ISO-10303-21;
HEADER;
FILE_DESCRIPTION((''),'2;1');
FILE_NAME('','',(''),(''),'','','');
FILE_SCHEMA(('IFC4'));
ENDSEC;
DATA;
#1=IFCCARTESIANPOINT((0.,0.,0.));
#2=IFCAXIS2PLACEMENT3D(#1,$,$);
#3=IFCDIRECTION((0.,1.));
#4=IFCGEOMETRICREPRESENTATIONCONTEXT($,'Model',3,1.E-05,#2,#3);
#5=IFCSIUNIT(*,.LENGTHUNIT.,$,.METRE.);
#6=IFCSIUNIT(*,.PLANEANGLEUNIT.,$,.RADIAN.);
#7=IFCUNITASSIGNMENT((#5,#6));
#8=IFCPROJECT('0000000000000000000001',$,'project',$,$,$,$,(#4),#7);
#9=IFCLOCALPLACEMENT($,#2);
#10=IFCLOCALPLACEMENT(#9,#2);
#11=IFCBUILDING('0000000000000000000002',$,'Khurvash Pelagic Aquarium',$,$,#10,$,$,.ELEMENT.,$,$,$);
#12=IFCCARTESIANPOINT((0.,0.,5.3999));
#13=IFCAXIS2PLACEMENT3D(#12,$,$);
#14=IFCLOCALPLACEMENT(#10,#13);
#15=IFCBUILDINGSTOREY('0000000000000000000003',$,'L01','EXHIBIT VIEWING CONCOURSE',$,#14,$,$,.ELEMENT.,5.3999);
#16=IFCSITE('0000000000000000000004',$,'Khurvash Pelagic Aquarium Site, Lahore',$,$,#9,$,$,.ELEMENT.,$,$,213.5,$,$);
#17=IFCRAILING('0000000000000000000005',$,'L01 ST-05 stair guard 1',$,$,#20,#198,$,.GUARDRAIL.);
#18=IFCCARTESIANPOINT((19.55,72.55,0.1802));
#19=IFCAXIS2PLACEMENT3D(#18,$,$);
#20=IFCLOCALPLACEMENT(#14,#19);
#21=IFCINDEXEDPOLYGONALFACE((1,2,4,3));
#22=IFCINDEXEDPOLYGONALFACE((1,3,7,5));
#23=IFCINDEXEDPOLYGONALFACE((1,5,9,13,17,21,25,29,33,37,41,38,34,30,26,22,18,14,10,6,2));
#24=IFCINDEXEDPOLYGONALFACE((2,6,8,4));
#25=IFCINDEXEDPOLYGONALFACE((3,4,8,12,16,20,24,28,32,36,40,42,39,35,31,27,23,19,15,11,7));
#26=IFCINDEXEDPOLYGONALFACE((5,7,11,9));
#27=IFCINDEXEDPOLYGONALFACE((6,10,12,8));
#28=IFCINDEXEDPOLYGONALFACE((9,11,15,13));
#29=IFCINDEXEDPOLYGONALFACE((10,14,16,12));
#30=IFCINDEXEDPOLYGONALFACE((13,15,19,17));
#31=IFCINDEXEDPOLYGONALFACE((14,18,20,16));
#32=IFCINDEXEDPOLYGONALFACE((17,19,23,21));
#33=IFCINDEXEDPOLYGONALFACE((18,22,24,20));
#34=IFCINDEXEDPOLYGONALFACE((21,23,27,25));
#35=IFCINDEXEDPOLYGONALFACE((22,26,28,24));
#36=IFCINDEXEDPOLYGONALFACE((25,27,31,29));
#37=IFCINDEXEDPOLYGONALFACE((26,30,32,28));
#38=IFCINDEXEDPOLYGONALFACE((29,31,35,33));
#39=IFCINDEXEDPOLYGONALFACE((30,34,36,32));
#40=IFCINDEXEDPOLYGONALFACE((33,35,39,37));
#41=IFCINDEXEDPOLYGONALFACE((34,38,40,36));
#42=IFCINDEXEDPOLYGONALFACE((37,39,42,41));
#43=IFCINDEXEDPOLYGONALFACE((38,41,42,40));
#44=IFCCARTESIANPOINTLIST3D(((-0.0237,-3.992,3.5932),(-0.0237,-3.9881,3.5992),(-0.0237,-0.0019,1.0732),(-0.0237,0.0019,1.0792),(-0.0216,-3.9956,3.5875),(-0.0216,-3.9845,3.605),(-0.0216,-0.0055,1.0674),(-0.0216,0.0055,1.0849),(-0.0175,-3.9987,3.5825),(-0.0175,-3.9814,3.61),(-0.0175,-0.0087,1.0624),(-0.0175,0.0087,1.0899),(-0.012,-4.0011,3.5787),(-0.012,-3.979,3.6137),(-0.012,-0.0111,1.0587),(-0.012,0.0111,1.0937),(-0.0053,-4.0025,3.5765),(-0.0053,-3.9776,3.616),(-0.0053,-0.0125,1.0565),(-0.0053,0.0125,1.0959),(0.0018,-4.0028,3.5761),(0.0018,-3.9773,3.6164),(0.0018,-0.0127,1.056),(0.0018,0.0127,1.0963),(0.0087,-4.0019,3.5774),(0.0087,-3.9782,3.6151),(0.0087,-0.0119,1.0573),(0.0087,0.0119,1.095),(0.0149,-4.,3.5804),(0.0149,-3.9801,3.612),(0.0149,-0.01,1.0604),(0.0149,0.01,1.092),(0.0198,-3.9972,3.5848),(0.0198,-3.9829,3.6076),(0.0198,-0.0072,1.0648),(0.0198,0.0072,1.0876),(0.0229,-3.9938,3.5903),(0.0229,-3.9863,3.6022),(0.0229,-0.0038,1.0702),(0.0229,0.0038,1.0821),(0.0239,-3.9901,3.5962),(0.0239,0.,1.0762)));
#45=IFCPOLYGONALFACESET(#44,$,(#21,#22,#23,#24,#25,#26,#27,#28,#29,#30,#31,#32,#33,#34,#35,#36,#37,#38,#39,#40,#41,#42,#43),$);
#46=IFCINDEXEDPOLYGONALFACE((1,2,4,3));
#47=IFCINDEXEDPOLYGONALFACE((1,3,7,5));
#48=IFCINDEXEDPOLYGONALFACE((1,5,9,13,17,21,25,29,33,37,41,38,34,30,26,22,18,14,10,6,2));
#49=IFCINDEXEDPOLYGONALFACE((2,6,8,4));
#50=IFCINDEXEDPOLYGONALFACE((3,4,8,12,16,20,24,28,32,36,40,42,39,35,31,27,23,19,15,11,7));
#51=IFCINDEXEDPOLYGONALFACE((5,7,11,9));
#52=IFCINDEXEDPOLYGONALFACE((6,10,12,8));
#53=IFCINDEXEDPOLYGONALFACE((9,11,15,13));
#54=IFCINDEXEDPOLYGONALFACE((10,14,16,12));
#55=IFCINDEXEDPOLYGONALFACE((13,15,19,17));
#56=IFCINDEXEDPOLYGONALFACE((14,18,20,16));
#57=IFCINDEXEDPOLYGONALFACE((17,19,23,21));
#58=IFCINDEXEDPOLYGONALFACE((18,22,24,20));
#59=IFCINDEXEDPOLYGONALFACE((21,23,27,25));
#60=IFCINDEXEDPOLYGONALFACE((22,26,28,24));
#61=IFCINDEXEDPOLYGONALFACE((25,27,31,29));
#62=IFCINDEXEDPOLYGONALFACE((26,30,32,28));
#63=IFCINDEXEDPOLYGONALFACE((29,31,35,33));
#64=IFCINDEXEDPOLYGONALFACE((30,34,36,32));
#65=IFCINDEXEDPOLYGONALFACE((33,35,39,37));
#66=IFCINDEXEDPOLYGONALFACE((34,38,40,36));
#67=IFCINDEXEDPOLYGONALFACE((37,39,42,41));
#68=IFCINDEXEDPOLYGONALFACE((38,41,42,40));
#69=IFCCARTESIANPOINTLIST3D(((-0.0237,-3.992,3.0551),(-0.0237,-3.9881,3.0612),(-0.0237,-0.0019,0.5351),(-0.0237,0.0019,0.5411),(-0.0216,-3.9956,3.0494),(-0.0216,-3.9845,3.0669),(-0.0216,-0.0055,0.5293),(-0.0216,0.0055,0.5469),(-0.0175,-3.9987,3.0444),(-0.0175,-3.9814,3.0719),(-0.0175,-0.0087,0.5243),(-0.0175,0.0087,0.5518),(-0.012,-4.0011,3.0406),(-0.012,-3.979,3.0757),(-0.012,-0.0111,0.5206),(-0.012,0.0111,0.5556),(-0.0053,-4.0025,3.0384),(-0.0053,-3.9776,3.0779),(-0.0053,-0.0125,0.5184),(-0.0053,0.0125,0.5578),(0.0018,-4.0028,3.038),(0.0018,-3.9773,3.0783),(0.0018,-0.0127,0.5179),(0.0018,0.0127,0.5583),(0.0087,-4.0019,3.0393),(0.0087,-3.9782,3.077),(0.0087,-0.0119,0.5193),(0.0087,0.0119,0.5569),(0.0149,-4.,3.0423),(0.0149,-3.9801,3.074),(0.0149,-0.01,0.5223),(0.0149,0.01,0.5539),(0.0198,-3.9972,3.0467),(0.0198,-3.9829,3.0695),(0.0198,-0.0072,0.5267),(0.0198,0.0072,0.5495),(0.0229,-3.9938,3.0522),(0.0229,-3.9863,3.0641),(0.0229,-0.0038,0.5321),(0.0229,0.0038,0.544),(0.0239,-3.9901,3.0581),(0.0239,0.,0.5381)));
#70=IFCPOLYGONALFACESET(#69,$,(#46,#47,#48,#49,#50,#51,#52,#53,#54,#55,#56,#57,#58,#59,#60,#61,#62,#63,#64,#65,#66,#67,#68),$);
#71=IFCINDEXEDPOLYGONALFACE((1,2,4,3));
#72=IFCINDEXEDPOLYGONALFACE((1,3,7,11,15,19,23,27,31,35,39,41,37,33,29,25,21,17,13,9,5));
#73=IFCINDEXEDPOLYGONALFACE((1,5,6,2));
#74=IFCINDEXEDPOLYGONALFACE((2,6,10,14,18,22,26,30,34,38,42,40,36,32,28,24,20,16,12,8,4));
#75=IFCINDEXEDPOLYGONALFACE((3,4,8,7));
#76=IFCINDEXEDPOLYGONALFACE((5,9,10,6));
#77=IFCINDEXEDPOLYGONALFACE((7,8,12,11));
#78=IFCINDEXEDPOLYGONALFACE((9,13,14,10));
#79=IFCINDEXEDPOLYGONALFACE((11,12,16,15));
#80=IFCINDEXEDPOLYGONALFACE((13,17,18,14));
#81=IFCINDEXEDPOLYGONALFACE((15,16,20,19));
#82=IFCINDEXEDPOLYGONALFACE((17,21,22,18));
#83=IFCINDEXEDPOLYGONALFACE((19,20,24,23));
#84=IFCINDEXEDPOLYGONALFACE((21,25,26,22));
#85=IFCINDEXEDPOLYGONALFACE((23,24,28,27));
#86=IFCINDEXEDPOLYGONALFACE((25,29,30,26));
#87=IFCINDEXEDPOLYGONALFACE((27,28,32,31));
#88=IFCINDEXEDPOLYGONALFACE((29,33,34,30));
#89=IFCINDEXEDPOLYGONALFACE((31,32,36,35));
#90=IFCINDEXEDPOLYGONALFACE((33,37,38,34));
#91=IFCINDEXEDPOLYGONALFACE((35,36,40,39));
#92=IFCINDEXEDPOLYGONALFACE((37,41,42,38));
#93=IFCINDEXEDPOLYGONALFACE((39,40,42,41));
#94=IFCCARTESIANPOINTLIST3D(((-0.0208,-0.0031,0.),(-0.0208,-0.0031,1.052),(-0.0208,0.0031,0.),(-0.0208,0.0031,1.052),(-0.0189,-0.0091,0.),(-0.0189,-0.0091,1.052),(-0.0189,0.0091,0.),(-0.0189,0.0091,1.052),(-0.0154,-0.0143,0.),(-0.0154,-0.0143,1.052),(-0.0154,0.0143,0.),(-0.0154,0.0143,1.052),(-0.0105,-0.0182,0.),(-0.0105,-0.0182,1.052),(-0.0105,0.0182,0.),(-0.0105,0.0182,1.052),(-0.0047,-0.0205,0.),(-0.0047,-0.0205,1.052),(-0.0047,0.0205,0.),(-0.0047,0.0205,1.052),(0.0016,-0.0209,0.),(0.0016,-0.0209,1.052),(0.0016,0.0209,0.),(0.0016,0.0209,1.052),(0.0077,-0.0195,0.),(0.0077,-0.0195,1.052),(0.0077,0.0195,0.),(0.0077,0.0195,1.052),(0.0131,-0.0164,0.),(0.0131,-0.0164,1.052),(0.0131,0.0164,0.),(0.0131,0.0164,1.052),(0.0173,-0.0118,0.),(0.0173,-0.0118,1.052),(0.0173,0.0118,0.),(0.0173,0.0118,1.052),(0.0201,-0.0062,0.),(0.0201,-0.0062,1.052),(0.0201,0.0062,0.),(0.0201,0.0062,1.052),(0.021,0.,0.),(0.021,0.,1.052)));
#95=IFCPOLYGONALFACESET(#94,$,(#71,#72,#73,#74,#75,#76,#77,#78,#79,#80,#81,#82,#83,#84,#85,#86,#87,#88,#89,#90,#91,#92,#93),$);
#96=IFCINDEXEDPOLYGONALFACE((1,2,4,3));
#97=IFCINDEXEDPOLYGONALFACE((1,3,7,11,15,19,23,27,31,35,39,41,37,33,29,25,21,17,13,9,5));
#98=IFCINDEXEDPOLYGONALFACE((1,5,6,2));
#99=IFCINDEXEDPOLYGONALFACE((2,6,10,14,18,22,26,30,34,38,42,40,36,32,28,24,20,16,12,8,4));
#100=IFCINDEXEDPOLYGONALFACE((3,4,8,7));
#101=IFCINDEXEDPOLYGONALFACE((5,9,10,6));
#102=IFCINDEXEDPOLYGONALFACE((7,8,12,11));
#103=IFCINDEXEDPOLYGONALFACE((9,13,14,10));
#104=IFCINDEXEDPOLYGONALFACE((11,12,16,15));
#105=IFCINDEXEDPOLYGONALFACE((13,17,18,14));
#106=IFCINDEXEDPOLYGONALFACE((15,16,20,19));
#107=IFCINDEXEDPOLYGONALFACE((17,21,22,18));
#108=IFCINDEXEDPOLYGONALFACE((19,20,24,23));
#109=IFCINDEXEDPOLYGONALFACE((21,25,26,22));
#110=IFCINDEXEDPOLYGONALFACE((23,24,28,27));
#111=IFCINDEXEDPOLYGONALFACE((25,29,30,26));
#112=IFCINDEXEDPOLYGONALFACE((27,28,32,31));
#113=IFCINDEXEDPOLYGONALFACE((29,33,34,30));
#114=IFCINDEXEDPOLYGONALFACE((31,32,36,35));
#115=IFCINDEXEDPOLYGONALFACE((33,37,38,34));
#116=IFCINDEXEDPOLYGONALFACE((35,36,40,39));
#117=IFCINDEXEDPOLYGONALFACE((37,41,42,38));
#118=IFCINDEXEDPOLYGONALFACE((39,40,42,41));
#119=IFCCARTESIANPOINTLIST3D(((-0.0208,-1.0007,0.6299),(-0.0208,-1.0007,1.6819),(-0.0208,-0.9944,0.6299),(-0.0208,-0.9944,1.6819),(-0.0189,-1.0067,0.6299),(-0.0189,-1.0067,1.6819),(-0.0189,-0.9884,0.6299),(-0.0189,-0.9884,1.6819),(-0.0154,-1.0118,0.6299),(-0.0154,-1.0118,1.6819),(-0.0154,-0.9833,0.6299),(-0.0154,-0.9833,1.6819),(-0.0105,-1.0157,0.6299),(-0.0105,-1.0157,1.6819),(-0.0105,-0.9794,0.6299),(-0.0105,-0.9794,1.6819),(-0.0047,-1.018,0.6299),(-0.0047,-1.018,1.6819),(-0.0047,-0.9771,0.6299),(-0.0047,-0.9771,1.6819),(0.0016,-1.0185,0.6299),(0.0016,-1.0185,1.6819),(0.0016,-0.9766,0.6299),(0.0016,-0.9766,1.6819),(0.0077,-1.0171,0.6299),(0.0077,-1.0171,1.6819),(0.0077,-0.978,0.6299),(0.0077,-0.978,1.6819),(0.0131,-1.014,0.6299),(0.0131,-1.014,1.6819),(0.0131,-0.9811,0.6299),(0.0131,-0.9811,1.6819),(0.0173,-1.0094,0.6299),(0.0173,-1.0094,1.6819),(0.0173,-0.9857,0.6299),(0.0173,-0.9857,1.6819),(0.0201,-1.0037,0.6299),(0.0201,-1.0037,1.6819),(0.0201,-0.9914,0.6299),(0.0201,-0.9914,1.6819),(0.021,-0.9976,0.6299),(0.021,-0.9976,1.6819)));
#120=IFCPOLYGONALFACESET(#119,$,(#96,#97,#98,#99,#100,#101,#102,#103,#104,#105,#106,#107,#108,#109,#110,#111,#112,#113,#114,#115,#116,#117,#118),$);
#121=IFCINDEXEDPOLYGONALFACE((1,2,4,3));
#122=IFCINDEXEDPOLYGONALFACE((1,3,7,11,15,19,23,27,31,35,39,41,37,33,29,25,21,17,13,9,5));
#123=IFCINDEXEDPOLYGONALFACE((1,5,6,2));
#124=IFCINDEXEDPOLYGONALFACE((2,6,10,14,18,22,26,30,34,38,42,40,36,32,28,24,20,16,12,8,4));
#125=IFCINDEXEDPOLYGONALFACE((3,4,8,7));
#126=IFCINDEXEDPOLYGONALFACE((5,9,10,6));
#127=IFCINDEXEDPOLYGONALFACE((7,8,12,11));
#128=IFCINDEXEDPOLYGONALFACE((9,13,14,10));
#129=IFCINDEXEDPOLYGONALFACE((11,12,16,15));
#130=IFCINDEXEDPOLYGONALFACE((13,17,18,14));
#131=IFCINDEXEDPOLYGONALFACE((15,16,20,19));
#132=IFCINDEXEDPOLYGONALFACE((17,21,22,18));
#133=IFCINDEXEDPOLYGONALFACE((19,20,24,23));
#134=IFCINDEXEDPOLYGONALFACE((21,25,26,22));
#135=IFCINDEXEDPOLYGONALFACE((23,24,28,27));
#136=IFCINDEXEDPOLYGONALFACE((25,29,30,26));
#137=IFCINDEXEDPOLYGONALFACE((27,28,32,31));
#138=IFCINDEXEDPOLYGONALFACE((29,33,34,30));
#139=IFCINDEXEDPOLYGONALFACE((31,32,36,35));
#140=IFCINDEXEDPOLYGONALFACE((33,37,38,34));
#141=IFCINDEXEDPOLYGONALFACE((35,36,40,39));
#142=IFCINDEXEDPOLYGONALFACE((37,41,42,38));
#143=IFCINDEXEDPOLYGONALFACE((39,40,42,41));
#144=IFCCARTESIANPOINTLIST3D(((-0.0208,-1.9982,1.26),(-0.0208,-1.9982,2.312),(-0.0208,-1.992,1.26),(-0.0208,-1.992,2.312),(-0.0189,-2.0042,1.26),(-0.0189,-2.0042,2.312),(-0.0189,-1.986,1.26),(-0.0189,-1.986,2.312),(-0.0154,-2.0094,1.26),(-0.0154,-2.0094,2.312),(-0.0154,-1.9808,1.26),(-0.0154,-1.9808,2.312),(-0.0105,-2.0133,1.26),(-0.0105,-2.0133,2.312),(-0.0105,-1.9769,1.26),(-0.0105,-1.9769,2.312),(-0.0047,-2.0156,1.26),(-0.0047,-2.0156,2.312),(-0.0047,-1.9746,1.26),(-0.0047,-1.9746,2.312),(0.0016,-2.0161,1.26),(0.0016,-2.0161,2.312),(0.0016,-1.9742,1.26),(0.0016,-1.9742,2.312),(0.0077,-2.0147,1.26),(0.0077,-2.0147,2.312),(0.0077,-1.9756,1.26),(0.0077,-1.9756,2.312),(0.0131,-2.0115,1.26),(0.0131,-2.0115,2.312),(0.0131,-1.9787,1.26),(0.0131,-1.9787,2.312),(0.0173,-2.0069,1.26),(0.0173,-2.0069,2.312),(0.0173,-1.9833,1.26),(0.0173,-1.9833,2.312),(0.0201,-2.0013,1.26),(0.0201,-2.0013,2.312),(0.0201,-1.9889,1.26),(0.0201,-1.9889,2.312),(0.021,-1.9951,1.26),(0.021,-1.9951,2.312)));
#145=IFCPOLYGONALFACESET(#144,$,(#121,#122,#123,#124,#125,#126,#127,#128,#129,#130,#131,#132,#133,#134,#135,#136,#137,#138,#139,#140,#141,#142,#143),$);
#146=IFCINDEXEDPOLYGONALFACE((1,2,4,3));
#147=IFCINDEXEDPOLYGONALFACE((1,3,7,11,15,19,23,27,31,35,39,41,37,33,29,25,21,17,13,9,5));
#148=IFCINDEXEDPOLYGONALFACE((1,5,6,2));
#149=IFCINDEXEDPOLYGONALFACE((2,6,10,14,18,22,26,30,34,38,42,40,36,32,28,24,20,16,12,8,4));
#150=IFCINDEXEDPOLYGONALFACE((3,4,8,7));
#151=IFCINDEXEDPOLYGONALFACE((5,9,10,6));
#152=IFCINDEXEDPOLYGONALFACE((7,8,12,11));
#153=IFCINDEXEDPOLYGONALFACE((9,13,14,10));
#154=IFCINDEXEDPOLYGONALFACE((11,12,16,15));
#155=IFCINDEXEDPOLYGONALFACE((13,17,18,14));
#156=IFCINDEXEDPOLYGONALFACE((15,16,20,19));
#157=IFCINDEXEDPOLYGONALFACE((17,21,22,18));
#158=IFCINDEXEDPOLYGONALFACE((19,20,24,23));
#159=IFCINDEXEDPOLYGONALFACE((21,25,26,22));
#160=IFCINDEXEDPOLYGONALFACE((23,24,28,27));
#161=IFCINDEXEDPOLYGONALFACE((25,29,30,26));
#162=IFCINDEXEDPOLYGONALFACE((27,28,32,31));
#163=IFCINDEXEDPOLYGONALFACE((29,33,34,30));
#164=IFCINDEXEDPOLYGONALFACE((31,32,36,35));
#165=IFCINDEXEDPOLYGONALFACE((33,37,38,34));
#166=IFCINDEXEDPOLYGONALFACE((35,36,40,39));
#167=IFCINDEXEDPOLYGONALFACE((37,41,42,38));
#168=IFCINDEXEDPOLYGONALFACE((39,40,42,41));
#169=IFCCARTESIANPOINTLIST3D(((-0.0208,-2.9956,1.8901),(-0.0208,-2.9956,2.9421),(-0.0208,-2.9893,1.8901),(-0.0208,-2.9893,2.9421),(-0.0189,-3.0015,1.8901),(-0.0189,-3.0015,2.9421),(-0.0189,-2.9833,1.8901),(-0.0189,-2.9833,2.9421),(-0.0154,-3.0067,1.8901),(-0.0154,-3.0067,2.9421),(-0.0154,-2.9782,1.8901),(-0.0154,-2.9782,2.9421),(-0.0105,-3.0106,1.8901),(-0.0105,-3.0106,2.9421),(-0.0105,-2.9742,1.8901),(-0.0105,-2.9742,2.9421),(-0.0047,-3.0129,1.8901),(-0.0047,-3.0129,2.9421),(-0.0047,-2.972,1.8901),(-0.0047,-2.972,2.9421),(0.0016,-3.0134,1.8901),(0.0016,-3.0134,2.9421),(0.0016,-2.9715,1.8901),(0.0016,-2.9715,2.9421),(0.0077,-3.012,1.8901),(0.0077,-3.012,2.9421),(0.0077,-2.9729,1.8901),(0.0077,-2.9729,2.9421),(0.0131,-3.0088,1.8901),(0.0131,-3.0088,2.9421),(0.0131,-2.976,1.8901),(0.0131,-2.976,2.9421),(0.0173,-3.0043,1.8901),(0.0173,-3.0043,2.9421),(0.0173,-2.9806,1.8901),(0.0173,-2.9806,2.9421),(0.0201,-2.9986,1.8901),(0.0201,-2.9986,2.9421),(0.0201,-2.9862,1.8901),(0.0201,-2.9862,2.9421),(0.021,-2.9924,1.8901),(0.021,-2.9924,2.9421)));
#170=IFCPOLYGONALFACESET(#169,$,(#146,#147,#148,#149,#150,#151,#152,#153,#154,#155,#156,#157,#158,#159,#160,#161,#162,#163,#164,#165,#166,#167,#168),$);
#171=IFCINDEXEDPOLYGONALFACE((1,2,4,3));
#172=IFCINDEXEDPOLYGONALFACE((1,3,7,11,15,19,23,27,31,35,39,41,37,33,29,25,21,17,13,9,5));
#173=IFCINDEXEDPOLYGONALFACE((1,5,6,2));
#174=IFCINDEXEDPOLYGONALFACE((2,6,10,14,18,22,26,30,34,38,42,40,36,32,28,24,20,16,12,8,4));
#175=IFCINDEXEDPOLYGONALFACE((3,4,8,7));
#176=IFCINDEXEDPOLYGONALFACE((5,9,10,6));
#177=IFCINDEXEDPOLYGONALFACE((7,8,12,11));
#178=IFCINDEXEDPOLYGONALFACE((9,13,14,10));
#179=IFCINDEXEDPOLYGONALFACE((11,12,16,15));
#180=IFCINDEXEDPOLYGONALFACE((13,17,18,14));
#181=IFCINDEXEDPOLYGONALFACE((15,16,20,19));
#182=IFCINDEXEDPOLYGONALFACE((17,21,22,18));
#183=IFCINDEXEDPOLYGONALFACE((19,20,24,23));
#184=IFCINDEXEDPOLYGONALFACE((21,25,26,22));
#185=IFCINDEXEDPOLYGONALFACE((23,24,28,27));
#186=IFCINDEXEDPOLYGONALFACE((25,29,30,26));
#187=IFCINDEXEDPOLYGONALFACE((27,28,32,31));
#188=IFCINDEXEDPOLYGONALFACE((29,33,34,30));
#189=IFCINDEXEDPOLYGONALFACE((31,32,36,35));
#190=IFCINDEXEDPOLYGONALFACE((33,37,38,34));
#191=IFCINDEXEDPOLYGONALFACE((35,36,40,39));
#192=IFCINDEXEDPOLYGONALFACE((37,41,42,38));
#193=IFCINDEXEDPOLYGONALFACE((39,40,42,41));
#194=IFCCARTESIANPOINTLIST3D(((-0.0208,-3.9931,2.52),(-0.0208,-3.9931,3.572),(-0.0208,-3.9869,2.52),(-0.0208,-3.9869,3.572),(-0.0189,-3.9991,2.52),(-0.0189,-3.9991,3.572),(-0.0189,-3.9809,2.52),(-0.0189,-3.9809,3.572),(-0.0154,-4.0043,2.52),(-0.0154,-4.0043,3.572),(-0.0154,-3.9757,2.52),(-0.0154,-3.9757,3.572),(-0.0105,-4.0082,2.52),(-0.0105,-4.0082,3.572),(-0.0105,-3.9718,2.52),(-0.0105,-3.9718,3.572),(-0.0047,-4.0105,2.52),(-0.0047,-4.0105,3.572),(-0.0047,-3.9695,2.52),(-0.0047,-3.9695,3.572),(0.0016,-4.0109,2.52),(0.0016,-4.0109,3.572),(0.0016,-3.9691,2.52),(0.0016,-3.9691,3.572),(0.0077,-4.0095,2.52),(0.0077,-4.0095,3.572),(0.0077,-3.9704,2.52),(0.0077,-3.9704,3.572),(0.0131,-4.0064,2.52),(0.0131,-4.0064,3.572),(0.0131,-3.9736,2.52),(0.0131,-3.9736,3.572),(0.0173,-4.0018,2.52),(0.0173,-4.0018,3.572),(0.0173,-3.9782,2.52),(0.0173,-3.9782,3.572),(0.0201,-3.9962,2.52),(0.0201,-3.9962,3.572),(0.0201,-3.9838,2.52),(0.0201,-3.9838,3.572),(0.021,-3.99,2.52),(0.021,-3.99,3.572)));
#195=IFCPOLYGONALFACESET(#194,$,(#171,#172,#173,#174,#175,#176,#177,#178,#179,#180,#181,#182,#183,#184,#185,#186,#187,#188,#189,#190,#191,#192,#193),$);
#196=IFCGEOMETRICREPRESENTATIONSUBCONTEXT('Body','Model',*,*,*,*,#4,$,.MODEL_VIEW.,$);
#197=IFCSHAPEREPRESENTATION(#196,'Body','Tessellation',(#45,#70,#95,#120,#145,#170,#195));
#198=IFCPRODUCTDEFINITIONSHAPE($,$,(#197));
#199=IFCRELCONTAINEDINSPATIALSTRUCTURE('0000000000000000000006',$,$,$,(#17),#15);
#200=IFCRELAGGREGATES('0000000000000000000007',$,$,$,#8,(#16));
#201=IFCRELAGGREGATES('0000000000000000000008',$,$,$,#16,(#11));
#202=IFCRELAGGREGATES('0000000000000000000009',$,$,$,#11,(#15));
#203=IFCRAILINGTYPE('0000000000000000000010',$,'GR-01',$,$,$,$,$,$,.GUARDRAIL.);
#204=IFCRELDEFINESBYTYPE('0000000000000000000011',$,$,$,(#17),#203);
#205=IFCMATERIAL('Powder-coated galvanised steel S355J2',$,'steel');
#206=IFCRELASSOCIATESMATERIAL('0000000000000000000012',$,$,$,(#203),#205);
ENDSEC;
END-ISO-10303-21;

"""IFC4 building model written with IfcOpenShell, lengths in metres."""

from ifc_helpers import new_model, si_unit, direction, frame, origin, origin_2d, place, context, subcontext, project, spatial, circle, extrude, material, type_object, element, save


model = new_model("IFC4")

# Units and contexts
model_context = context("Model", 3, precision=1e-05, world=origin(), true_north=direction((0.0, 1.0)))
body_context = subcontext(model_context, "Body", "Model", "MODEL_VIEW")
ifc_project = project(units=[si_unit("LENGTHUNIT", "METRE"), si_unit("PLANEANGLEUNIT", "RADIAN")], contexts=[model_context])

# Site, building, storey
site_placement = place(None, origin())
site = spatial("IfcSite", under=ifc_project, at=site_placement, Name="Khurvash Pelagic Aquarium Site, Lahore", CompositionType="ELEMENT", RefElevation=213.5)
building_placement = place(site_placement, origin())
building = spatial("IfcBuilding", under=site, at=building_placement, Name="Khurvash Pelagic Aquarium", CompositionType="ELEMENT")
storey_placement = place(building_placement, frame((0.0, 0.0, 5.3999)))
storey = spatial("IfcBuildingStorey", under=building, at=storey_placement, Name="L01", Description="EXHIBIT VIEWING CONCOURSE", CompositionType="ELEMENT", Elevation=5.3999)

# Railing
ifc_material_1 = material(Name="Powder-coated galvanised steel S355J2", Category="steel")
railing_type_1 = type_object("IfcRailingType", Name="GR-01", PredefinedType="GUARDRAIL", material=ifc_material_1)
railing_1_placement = place(storey_placement, frame((19.55, 72.55, 0.1802)))
element("IfcRailing", 1, at=railing_1_placement, inside=storey, type_object=railing_type_1, Name="L01 ST-05 stair guard 1", PredefinedType="GUARDRAIL", context=body_context, shape_type="SweptSolid", body=[
    extrude(circle(Radius=0.0239, at=origin_2d()), frame((0.0, 0.0, 1.0762), z_axis=(0.0, -0.845486, 0.533997), x_axis=(1.0, 0.0, 0.0)), (0.0, 0.0, 1.0), 4.7192),
    extrude(circle(Radius=0.0239, at=origin_2d()), frame((0.0, 0.0, 0.5381), z_axis=(0.0, -0.845486, 0.533997), x_axis=(1.0, 0.0, 0.0)), (0.0, 0.0, 1.0), 4.7192),
    extrude(circle(Radius=0.021, at=origin_2d()), origin(), (0.0, 0.0, 1.0), 1.052),
    extrude(circle(Radius=0.021, at=origin_2d()), frame((0.0, -0.9976, 0.6299)), (0.0, 0.0, 1.0), 1.052),
    extrude(circle(Radius=0.021, at=origin_2d()), frame((0.0, -1.9951, 1.26)), (0.0, 0.0, 1.0), 1.052),
    extrude(circle(Radius=0.021, at=origin_2d()), frame((0.0, -2.9924, 1.8901)), (0.0, 0.0, 1.0), 1.052),
    extrude(circle(Radius=0.021, at=origin_2d()), frame((0.0, -3.99, 2.52)), (0.0, 0.0, 1.0), 1.052),
])

save(model, "model.ifc")
